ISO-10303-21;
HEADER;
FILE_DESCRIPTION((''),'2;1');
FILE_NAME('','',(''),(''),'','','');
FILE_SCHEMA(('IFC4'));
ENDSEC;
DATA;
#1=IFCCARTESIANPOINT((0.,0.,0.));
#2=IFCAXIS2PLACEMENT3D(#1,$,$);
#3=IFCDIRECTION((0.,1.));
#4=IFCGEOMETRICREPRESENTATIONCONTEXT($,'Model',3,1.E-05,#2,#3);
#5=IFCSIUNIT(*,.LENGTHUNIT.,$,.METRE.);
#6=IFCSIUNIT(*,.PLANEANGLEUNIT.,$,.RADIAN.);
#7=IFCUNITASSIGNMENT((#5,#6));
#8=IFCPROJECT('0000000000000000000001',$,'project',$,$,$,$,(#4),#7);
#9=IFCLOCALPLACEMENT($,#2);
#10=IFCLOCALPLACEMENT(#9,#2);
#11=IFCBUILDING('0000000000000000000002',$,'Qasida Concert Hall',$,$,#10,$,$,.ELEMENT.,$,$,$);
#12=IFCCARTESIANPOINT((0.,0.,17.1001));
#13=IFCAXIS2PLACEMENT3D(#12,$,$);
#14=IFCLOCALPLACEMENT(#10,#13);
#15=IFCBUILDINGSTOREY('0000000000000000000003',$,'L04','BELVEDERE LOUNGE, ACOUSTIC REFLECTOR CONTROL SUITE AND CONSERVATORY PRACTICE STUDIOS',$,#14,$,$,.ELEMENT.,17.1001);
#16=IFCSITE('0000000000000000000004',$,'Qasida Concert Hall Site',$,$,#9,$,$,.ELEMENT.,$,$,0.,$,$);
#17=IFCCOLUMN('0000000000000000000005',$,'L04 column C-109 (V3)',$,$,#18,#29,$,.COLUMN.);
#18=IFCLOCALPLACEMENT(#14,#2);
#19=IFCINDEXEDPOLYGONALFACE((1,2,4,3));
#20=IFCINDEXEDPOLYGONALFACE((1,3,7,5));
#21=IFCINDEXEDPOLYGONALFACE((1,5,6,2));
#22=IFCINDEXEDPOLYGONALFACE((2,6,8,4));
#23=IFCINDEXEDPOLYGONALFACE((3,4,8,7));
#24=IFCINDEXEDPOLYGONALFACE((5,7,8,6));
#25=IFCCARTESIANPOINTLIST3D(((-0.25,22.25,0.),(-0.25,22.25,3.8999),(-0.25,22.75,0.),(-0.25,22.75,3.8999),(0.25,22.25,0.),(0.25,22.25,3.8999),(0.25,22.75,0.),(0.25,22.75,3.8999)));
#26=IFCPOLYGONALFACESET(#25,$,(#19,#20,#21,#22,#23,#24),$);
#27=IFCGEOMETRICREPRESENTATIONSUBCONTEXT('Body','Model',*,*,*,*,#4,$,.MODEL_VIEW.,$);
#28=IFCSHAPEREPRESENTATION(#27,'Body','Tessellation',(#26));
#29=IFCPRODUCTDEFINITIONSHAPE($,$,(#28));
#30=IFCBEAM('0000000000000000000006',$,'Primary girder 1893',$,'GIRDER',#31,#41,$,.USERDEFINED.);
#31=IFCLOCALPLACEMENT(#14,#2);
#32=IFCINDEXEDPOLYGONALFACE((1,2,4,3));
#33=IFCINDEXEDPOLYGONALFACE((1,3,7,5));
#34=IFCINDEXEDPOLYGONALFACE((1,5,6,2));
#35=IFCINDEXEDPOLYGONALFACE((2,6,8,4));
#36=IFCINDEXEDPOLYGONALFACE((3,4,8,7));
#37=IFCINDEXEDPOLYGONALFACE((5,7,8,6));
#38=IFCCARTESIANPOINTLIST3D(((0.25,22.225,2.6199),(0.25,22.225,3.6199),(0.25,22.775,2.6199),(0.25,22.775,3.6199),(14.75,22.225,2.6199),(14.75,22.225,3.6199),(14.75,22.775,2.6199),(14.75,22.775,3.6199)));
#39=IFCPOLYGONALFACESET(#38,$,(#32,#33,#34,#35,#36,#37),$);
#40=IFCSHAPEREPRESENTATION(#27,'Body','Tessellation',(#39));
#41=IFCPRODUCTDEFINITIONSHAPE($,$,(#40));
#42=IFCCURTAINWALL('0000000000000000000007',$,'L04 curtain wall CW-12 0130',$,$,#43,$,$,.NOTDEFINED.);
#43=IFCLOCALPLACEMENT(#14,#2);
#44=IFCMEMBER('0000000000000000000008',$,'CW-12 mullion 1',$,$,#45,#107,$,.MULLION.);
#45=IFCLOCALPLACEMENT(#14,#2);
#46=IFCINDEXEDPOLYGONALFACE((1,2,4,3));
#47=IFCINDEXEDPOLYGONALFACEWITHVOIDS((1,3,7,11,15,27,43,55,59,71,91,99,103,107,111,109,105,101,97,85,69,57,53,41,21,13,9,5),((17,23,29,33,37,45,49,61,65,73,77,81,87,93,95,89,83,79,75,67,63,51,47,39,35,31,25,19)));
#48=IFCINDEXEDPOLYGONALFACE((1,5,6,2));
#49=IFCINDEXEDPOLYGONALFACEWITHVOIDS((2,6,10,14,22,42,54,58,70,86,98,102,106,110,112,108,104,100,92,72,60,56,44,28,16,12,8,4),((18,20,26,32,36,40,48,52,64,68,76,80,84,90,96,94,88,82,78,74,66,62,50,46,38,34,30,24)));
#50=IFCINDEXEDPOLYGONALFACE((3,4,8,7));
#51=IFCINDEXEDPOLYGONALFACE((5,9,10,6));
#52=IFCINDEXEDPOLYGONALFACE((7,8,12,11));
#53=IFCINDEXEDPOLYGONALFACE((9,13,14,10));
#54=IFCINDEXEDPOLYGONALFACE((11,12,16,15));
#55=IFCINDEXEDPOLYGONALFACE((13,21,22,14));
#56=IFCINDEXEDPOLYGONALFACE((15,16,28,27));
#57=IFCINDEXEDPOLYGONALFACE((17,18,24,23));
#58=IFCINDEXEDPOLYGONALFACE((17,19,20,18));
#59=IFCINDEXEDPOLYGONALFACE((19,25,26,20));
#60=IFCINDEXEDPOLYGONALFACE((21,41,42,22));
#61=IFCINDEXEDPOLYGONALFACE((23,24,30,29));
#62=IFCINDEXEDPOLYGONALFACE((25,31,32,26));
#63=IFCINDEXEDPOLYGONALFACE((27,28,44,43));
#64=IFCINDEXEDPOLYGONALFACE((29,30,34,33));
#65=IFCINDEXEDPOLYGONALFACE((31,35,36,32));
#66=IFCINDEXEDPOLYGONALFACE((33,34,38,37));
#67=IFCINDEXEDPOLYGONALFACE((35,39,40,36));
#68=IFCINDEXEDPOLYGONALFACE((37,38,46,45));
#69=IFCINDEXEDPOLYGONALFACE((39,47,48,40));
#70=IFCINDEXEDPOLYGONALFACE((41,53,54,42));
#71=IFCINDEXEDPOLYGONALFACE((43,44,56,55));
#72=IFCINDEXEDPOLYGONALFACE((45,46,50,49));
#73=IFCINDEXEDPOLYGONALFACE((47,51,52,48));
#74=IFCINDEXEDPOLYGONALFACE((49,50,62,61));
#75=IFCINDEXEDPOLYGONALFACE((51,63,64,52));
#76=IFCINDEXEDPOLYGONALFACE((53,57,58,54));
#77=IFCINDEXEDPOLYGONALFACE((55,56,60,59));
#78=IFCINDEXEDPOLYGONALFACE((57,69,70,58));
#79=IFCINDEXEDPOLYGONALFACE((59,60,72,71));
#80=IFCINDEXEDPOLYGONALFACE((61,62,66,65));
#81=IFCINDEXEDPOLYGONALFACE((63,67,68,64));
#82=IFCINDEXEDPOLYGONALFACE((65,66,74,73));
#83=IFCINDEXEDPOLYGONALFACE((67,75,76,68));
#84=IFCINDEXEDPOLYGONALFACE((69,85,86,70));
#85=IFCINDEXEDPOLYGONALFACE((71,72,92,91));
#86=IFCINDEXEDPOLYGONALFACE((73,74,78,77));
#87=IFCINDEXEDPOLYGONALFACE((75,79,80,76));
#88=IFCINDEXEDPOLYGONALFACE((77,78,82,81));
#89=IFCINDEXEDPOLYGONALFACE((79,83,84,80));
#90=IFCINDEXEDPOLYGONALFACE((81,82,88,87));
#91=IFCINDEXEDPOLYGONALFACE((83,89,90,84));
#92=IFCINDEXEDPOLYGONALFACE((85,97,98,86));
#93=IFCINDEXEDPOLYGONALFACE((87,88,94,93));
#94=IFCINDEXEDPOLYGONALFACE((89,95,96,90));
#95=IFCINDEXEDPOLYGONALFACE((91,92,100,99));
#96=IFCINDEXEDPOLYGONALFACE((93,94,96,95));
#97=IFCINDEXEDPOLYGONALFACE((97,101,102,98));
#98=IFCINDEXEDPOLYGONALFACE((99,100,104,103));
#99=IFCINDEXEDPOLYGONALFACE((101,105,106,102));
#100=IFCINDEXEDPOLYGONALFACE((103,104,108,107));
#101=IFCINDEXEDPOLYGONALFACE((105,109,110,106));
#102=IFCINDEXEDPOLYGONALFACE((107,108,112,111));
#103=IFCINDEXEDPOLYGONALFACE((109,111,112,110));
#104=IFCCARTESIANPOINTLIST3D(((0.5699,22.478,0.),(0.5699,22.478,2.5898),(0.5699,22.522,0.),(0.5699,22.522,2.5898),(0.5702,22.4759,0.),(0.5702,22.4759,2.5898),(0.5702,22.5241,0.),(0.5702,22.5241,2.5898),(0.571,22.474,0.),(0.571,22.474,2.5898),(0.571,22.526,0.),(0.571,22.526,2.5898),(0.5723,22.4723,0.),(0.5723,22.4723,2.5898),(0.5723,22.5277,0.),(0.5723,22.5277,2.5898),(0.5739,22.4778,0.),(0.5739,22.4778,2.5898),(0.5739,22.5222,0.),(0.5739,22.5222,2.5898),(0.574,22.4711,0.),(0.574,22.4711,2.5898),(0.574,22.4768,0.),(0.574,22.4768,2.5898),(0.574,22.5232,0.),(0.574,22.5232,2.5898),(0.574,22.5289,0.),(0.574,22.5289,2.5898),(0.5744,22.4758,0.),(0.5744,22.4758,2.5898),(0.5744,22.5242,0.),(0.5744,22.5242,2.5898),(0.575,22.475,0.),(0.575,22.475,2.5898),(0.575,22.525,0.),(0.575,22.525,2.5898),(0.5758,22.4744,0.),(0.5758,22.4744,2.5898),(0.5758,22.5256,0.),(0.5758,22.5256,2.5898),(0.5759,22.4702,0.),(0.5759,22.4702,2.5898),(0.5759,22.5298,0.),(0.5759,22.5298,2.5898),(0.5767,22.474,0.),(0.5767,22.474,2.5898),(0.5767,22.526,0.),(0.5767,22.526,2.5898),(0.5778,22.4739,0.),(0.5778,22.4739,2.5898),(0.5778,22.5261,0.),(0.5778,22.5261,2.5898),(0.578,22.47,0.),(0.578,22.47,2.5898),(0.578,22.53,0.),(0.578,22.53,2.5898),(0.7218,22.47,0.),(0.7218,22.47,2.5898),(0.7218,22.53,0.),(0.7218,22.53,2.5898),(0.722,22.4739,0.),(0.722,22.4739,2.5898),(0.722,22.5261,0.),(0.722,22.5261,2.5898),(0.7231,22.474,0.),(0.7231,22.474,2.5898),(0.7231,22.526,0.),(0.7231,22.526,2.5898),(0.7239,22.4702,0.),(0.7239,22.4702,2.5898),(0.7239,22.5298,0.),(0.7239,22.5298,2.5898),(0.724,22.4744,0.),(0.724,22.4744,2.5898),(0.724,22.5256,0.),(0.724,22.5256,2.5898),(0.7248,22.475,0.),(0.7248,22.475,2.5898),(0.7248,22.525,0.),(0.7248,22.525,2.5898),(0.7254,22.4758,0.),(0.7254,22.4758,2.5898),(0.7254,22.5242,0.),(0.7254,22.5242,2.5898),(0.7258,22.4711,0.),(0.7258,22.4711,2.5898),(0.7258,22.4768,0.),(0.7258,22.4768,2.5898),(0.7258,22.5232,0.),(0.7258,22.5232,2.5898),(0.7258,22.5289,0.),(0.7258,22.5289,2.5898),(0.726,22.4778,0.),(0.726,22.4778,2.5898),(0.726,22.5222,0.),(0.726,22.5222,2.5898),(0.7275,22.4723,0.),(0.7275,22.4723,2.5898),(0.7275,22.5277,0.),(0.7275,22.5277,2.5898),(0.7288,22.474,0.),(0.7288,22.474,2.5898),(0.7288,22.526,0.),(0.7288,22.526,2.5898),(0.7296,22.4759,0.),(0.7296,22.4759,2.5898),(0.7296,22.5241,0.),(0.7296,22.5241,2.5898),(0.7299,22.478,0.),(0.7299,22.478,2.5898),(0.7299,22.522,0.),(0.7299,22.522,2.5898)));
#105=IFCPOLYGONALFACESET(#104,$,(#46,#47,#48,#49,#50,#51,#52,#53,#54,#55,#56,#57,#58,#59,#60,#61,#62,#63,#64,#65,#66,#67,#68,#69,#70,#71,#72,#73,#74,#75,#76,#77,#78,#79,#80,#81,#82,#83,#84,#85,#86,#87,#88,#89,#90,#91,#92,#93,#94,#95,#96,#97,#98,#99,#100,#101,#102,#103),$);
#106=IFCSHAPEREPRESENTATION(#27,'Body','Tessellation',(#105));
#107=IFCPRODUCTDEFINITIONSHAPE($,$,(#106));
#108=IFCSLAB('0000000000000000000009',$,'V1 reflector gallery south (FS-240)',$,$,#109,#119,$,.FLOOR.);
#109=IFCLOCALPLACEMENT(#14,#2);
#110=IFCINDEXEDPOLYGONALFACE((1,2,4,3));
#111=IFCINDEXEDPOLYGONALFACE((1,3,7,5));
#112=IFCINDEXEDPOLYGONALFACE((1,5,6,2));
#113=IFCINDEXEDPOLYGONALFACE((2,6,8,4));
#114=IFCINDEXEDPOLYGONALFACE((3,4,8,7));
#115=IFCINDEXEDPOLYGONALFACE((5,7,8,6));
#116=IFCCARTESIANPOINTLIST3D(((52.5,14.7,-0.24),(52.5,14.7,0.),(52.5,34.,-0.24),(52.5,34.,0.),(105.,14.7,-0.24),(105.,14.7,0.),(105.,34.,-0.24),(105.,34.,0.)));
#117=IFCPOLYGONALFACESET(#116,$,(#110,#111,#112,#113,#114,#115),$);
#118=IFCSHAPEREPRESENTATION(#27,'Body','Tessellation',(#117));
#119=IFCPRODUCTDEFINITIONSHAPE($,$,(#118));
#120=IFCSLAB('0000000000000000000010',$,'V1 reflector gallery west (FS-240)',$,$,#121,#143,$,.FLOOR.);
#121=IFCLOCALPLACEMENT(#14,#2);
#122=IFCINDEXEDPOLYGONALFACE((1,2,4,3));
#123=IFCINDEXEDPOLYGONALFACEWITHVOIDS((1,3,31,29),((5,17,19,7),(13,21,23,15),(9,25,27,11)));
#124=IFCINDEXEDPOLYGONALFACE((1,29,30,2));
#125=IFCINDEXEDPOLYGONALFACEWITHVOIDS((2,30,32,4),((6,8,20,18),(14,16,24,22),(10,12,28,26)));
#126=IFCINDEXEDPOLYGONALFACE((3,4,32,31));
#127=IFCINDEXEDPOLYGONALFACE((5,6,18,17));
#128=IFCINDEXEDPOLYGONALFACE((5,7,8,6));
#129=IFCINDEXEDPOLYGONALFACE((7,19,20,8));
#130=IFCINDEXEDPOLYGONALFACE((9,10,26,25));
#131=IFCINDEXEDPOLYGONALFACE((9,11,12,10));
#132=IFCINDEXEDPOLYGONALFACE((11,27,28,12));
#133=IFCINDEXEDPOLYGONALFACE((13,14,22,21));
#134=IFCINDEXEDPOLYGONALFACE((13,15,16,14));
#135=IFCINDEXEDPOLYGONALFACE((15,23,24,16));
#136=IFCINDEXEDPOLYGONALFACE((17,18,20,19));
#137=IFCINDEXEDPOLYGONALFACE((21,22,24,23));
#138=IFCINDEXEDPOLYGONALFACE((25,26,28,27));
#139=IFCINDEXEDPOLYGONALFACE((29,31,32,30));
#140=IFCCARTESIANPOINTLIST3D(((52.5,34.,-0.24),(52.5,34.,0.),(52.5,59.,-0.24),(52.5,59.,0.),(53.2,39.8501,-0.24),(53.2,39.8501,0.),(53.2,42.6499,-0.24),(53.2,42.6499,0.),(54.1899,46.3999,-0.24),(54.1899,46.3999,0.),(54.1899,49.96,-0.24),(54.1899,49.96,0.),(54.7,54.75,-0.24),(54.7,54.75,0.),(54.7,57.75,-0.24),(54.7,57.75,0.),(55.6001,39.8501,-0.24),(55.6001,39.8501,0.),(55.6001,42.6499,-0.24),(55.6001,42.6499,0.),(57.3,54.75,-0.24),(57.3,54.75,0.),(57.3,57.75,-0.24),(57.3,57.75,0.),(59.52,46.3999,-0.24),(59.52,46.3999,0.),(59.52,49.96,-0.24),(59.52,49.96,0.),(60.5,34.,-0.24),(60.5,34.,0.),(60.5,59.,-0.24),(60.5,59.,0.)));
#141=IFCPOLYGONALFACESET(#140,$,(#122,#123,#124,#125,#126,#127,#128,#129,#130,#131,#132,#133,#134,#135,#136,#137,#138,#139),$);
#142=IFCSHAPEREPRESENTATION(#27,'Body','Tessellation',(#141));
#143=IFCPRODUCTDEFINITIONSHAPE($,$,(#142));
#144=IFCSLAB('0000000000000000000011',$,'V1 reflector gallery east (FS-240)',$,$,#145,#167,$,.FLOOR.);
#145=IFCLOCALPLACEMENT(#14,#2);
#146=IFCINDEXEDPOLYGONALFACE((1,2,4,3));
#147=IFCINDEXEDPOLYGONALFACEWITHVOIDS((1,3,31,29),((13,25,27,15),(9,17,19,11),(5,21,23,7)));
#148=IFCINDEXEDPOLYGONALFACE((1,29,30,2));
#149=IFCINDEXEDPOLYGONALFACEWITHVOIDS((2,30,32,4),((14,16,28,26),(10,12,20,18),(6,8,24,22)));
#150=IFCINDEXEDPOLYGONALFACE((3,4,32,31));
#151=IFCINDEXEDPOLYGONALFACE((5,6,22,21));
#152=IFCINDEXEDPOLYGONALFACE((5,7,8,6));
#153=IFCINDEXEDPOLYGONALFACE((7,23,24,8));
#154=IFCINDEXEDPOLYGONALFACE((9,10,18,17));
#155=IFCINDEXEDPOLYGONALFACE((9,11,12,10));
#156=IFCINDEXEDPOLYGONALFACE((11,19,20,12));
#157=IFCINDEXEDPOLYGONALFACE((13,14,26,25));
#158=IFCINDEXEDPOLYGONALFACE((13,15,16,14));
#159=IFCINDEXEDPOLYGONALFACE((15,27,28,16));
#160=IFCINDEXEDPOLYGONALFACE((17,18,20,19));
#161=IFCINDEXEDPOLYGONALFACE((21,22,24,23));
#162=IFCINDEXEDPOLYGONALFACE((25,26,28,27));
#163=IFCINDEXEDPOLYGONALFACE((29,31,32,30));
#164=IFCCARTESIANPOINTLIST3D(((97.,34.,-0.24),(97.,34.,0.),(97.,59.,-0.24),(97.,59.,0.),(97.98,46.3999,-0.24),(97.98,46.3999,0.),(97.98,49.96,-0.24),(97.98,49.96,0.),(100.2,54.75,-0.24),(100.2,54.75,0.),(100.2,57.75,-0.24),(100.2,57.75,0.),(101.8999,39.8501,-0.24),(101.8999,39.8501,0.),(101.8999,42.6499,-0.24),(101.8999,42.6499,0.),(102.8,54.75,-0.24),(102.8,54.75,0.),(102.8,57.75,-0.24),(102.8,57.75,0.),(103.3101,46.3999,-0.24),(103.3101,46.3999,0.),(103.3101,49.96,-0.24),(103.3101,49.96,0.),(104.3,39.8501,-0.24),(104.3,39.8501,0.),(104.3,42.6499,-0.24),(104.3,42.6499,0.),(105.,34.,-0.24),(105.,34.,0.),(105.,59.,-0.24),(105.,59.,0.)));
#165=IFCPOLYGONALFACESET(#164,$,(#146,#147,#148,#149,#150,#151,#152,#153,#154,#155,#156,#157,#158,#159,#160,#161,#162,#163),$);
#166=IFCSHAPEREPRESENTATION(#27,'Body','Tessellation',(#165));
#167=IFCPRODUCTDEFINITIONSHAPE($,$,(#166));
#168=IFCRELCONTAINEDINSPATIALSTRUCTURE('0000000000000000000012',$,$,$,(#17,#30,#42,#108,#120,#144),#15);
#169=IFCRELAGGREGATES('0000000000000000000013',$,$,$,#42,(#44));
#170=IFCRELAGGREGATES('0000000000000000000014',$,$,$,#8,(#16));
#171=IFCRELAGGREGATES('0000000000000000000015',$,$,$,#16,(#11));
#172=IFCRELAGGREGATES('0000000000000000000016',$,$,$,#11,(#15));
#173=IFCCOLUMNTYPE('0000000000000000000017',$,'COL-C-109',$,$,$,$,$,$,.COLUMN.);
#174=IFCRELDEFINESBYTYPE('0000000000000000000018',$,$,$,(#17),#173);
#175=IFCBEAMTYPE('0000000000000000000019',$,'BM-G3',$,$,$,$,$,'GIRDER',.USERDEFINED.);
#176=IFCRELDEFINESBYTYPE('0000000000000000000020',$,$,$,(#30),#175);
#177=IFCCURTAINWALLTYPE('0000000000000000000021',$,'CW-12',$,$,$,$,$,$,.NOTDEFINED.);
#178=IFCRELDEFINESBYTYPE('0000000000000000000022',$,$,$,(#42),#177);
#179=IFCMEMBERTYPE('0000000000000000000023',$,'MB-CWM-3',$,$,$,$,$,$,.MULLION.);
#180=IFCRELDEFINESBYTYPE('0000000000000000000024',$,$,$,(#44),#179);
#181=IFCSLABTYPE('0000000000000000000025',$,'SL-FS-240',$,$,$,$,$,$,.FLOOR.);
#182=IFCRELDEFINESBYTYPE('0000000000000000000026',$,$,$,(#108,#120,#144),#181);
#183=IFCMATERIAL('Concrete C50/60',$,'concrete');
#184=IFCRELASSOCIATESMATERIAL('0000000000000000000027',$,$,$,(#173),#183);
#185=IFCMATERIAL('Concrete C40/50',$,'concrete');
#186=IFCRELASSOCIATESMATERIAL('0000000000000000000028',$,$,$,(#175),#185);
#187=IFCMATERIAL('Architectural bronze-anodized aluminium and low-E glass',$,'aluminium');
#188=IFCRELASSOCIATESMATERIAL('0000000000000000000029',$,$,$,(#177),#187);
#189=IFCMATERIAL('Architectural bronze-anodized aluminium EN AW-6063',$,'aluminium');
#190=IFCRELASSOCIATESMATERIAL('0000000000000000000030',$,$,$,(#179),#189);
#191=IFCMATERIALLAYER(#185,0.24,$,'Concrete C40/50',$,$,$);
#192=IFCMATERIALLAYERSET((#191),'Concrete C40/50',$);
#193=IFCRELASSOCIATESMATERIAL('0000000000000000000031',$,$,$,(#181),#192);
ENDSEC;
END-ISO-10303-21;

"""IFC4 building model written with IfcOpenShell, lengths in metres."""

from ifc_helpers import new_model, si_unit, direction, frame, origin, origin_2d, place, context, subcontext, project, spatial, polyline, rectangle, hollow_rectangle, outline, extrude, material, layer, layer_set, material_profile, profile_set, type_object, element, aggregate, save


model = new_model("IFC4")

# Units and contexts
model_context = context("Model", 3, precision=1e-05, world=origin(), true_north=direction((0.0, 1.0)))
body_context = subcontext(model_context, "Body", "Model", "MODEL_VIEW")
ifc_project = project(units=[si_unit("LENGTHUNIT", "METRE"), si_unit("PLANEANGLEUNIT", "RADIAN")], contexts=[model_context])

# Site, building, storey
site_placement = place(None, origin())
site = spatial("IfcSite", under=ifc_project, at=site_placement, Name="Qasida Concert Hall Site", CompositionType="ELEMENT", RefElevation=0.0)
building_placement = place(site_placement, origin())
building = spatial("IfcBuilding", under=site, at=building_placement, Name="Qasida Concert Hall", CompositionType="ELEMENT")
storey_placement = place(building_placement, frame((0.0, 0.0, 17.1001)))
storey = spatial("IfcBuildingStorey", under=building, at=storey_placement, Name="L04", Description="BELVEDERE LOUNGE, ACOUSTIC REFLECTOR CONTROL SUITE AND CONSERVATORY PRACTICE STUDIOS", CompositionType="ELEMENT", Elevation=17.1001)

# Column
ifc_material_1 = material(Name="Concrete C50/60", Category="concrete")
ifc_material_profile_1 = material_profile(ifc_material_1, rectangle(XDim=0.5, YDim=0.5, at=origin_2d()), Name="RC 500x500")
ifc_profile_set_1 = profile_set([ifc_material_profile_1], Name="Concrete C50/60")
column_type = type_object("IfcColumnType", Name="COL-C-109", PredefinedType="COLUMN", material=ifc_profile_set_1)
column_placement = place(storey_placement, frame((0.0, 22.5, 0.0), z_axis=(0.0, 0.0, 1.0), x_axis=(1.0, 0.0, 0.0)))
element("IfcColumn", 1, at=column_placement, inside=storey, type_object=column_type, Name="L04 column C-109 (V3)", PredefinedType="COLUMN", context=body_context, shape_type="SweptSolid", body=[
    extrude(rectangle(XDim=0.5, YDim=0.5, at=origin_2d()), origin(), (0.0, 0.0, 1.0), 3.8999),
])

# Beam
ifc_material_2 = material(Name="Concrete C40/50", Category="concrete")
ifc_material_profile_2 = material_profile(ifc_material_2, rectangle(XDim=0.55, YDim=1.0, at=origin_2d()), Name="RC 550x1000")
ifc_profile_set_2 = profile_set([ifc_material_profile_2], Name="Concrete C40/50")
beam_type = type_object("IfcBeamType", Name="BM-G3", ElementType="GIRDER", PredefinedType="USERDEFINED", material=ifc_profile_set_2)
beam_placement = place(storey_placement, frame((0.25, 22.5, 3.1199), z_axis=(1.0, 0.0, 0.0), x_axis=(0.0, 1.0, 0.0)))
element("IfcBeam", 2, at=beam_placement, inside=storey, type_object=beam_type, Name="Primary girder 1893", ObjectType="GIRDER", PredefinedType="USERDEFINED", context=body_context, shape_type="SweptSolid", body=[
    extrude(rectangle(XDim=0.55, YDim=1.0, at=origin_2d()), origin(), (0.0, 0.0, 1.0), 14.5),
])

# Curtain wall, member
ifc_material_3 = material(Name="Architectural bronze-anodized aluminium and low-E glass", Category="aluminium")
curtain_wall_type = type_object("IfcCurtainWallType", Name="CW-12", PredefinedType="NOTDEFINED", material=ifc_material_3)
curtain_wall_placement = place(storey_placement, origin())
curtain_wall = element("IfcCurtainWall", 3, at=curtain_wall_placement, inside=storey, type_object=curtain_wall_type, Name="L04 curtain wall CW-12 0130", PredefinedType="NOTDEFINED")
ifc_material_4 = material(Name="Architectural bronze-anodized aluminium EN AW-6063", Category="aluminium")
ifc_material_profile_3 = material_profile(ifc_material_4, hollow_rectangle(XDim=0.0601, YDim=0.1599, WallThickness=0.0039, InnerFilletRadius=0.0039, OuterFilletRadius=0.0081, at=origin_2d()), Name="CWM 160x60x4")
ifc_profile_set_3 = profile_set([ifc_material_profile_3], Name="Architectural bronze-anodized aluminium EN AW-6063")
member_type = type_object("IfcMemberType", Name="MB-CWM-3", PredefinedType="MULLION", material=ifc_profile_set_3)
member_placement = place(storey_placement, frame((0.6499, 22.5, 0.0), z_axis=(0.0, 0.0, 1.0), x_axis=(0.0, 1.0, 0.0)))
member = element("IfcMember", 4, at=member_placement, type_object=member_type, Name="CW-12 mullion 1", PredefinedType="MULLION", context=body_context, shape_type="SweptSolid", body=[
    extrude(hollow_rectangle(XDim=0.0601, YDim=0.1599, WallThickness=0.0039, InnerFilletRadius=0.0039, OuterFilletRadius=0.0081, at=origin_2d()), origin(), (0.0, 0.0, 1.0), 2.5898),
])
aggregate(curtain_wall, [member])

# Slabs
ifc_layer_1 = layer(ifc_material_2, 0.24, Name="Concrete C40/50")
ifc_layer_set_1 = layer_set([ifc_layer_1], Name="Concrete C40/50")
slab_type_1 = type_object("IfcSlabType", Name="SL-FS-240", PredefinedType="FLOOR", material=ifc_layer_set_1)
slab_1_placement = place(storey_placement, frame((0.0, 0.0, -0.24)))
element("IfcSlab", 5, at=slab_1_placement, inside=storey, type_object=slab_type_1, Name="V1 reflector gallery south (FS-240)", PredefinedType="FLOOR", context=body_context, shape_type="SweptSolid", body=[
    extrude(outline(polyline([(52.5, 14.7), (105.0, 14.7), (105.0, 34.0), (52.5, 34.0), (52.5, 14.7)])), origin(), (0.0, 0.0, 1.0), 0.24),
])
slab_2_placement = place(storey_placement, frame((0.0, 0.0, -0.24)))
element("IfcSlab", 6, at=slab_2_placement, inside=storey, type_object=slab_type_1, Name="V1 reflector gallery west (FS-240)", PredefinedType="FLOOR", context=body_context, shape_type="SweptSolid", body=[
    extrude(outline(polyline([(52.5, 34.0), (60.5, 34.0), (60.5, 59.0), (52.5, 59.0), (52.5, 34.0)]), holes=[polyline([(53.2, 39.8501), (55.6001, 39.8501), (55.6001, 42.6499), (53.2, 42.6499), (53.2, 39.8501)]), polyline([(54.1899, 46.3999), (59.52, 46.3999), (59.52, 49.96), (54.1899, 49.96), (54.1899, 46.3999)]), polyline([(54.7, 54.75), (57.3, 54.75), (57.3, 57.75), (54.7, 57.75), (54.7, 54.75)])]), origin(), (0.0, 0.0, 1.0), 0.24),
])
slab_3_placement = place(storey_placement, frame((0.0, 0.0, -0.24)))
element("IfcSlab", 7, at=slab_3_placement, inside=storey, type_object=slab_type_1, Name="V1 reflector gallery east (FS-240)", PredefinedType="FLOOR", context=body_context, shape_type="SweptSolid", body=[
    extrude(outline(polyline([(97.0, 34.0), (105.0, 34.0), (105.0, 59.0), (97.0, 59.0), (97.0, 34.0)]), holes=[polyline([(101.8999, 39.8501), (104.3, 39.8501), (104.3, 42.6499), (101.8999, 42.6499), (101.8999, 39.8501)]), polyline([(97.98, 46.3999), (103.3101, 46.3999), (103.3101, 49.96), (97.98, 49.96), (97.98, 46.3999)]), polyline([(100.2, 54.75), (102.8, 54.75), (102.8, 57.75), (100.2, 57.75), (100.2, 54.75)])]), origin(), (0.0, 0.0, 1.0), 0.24),
])

save(model, "model.ifc")
